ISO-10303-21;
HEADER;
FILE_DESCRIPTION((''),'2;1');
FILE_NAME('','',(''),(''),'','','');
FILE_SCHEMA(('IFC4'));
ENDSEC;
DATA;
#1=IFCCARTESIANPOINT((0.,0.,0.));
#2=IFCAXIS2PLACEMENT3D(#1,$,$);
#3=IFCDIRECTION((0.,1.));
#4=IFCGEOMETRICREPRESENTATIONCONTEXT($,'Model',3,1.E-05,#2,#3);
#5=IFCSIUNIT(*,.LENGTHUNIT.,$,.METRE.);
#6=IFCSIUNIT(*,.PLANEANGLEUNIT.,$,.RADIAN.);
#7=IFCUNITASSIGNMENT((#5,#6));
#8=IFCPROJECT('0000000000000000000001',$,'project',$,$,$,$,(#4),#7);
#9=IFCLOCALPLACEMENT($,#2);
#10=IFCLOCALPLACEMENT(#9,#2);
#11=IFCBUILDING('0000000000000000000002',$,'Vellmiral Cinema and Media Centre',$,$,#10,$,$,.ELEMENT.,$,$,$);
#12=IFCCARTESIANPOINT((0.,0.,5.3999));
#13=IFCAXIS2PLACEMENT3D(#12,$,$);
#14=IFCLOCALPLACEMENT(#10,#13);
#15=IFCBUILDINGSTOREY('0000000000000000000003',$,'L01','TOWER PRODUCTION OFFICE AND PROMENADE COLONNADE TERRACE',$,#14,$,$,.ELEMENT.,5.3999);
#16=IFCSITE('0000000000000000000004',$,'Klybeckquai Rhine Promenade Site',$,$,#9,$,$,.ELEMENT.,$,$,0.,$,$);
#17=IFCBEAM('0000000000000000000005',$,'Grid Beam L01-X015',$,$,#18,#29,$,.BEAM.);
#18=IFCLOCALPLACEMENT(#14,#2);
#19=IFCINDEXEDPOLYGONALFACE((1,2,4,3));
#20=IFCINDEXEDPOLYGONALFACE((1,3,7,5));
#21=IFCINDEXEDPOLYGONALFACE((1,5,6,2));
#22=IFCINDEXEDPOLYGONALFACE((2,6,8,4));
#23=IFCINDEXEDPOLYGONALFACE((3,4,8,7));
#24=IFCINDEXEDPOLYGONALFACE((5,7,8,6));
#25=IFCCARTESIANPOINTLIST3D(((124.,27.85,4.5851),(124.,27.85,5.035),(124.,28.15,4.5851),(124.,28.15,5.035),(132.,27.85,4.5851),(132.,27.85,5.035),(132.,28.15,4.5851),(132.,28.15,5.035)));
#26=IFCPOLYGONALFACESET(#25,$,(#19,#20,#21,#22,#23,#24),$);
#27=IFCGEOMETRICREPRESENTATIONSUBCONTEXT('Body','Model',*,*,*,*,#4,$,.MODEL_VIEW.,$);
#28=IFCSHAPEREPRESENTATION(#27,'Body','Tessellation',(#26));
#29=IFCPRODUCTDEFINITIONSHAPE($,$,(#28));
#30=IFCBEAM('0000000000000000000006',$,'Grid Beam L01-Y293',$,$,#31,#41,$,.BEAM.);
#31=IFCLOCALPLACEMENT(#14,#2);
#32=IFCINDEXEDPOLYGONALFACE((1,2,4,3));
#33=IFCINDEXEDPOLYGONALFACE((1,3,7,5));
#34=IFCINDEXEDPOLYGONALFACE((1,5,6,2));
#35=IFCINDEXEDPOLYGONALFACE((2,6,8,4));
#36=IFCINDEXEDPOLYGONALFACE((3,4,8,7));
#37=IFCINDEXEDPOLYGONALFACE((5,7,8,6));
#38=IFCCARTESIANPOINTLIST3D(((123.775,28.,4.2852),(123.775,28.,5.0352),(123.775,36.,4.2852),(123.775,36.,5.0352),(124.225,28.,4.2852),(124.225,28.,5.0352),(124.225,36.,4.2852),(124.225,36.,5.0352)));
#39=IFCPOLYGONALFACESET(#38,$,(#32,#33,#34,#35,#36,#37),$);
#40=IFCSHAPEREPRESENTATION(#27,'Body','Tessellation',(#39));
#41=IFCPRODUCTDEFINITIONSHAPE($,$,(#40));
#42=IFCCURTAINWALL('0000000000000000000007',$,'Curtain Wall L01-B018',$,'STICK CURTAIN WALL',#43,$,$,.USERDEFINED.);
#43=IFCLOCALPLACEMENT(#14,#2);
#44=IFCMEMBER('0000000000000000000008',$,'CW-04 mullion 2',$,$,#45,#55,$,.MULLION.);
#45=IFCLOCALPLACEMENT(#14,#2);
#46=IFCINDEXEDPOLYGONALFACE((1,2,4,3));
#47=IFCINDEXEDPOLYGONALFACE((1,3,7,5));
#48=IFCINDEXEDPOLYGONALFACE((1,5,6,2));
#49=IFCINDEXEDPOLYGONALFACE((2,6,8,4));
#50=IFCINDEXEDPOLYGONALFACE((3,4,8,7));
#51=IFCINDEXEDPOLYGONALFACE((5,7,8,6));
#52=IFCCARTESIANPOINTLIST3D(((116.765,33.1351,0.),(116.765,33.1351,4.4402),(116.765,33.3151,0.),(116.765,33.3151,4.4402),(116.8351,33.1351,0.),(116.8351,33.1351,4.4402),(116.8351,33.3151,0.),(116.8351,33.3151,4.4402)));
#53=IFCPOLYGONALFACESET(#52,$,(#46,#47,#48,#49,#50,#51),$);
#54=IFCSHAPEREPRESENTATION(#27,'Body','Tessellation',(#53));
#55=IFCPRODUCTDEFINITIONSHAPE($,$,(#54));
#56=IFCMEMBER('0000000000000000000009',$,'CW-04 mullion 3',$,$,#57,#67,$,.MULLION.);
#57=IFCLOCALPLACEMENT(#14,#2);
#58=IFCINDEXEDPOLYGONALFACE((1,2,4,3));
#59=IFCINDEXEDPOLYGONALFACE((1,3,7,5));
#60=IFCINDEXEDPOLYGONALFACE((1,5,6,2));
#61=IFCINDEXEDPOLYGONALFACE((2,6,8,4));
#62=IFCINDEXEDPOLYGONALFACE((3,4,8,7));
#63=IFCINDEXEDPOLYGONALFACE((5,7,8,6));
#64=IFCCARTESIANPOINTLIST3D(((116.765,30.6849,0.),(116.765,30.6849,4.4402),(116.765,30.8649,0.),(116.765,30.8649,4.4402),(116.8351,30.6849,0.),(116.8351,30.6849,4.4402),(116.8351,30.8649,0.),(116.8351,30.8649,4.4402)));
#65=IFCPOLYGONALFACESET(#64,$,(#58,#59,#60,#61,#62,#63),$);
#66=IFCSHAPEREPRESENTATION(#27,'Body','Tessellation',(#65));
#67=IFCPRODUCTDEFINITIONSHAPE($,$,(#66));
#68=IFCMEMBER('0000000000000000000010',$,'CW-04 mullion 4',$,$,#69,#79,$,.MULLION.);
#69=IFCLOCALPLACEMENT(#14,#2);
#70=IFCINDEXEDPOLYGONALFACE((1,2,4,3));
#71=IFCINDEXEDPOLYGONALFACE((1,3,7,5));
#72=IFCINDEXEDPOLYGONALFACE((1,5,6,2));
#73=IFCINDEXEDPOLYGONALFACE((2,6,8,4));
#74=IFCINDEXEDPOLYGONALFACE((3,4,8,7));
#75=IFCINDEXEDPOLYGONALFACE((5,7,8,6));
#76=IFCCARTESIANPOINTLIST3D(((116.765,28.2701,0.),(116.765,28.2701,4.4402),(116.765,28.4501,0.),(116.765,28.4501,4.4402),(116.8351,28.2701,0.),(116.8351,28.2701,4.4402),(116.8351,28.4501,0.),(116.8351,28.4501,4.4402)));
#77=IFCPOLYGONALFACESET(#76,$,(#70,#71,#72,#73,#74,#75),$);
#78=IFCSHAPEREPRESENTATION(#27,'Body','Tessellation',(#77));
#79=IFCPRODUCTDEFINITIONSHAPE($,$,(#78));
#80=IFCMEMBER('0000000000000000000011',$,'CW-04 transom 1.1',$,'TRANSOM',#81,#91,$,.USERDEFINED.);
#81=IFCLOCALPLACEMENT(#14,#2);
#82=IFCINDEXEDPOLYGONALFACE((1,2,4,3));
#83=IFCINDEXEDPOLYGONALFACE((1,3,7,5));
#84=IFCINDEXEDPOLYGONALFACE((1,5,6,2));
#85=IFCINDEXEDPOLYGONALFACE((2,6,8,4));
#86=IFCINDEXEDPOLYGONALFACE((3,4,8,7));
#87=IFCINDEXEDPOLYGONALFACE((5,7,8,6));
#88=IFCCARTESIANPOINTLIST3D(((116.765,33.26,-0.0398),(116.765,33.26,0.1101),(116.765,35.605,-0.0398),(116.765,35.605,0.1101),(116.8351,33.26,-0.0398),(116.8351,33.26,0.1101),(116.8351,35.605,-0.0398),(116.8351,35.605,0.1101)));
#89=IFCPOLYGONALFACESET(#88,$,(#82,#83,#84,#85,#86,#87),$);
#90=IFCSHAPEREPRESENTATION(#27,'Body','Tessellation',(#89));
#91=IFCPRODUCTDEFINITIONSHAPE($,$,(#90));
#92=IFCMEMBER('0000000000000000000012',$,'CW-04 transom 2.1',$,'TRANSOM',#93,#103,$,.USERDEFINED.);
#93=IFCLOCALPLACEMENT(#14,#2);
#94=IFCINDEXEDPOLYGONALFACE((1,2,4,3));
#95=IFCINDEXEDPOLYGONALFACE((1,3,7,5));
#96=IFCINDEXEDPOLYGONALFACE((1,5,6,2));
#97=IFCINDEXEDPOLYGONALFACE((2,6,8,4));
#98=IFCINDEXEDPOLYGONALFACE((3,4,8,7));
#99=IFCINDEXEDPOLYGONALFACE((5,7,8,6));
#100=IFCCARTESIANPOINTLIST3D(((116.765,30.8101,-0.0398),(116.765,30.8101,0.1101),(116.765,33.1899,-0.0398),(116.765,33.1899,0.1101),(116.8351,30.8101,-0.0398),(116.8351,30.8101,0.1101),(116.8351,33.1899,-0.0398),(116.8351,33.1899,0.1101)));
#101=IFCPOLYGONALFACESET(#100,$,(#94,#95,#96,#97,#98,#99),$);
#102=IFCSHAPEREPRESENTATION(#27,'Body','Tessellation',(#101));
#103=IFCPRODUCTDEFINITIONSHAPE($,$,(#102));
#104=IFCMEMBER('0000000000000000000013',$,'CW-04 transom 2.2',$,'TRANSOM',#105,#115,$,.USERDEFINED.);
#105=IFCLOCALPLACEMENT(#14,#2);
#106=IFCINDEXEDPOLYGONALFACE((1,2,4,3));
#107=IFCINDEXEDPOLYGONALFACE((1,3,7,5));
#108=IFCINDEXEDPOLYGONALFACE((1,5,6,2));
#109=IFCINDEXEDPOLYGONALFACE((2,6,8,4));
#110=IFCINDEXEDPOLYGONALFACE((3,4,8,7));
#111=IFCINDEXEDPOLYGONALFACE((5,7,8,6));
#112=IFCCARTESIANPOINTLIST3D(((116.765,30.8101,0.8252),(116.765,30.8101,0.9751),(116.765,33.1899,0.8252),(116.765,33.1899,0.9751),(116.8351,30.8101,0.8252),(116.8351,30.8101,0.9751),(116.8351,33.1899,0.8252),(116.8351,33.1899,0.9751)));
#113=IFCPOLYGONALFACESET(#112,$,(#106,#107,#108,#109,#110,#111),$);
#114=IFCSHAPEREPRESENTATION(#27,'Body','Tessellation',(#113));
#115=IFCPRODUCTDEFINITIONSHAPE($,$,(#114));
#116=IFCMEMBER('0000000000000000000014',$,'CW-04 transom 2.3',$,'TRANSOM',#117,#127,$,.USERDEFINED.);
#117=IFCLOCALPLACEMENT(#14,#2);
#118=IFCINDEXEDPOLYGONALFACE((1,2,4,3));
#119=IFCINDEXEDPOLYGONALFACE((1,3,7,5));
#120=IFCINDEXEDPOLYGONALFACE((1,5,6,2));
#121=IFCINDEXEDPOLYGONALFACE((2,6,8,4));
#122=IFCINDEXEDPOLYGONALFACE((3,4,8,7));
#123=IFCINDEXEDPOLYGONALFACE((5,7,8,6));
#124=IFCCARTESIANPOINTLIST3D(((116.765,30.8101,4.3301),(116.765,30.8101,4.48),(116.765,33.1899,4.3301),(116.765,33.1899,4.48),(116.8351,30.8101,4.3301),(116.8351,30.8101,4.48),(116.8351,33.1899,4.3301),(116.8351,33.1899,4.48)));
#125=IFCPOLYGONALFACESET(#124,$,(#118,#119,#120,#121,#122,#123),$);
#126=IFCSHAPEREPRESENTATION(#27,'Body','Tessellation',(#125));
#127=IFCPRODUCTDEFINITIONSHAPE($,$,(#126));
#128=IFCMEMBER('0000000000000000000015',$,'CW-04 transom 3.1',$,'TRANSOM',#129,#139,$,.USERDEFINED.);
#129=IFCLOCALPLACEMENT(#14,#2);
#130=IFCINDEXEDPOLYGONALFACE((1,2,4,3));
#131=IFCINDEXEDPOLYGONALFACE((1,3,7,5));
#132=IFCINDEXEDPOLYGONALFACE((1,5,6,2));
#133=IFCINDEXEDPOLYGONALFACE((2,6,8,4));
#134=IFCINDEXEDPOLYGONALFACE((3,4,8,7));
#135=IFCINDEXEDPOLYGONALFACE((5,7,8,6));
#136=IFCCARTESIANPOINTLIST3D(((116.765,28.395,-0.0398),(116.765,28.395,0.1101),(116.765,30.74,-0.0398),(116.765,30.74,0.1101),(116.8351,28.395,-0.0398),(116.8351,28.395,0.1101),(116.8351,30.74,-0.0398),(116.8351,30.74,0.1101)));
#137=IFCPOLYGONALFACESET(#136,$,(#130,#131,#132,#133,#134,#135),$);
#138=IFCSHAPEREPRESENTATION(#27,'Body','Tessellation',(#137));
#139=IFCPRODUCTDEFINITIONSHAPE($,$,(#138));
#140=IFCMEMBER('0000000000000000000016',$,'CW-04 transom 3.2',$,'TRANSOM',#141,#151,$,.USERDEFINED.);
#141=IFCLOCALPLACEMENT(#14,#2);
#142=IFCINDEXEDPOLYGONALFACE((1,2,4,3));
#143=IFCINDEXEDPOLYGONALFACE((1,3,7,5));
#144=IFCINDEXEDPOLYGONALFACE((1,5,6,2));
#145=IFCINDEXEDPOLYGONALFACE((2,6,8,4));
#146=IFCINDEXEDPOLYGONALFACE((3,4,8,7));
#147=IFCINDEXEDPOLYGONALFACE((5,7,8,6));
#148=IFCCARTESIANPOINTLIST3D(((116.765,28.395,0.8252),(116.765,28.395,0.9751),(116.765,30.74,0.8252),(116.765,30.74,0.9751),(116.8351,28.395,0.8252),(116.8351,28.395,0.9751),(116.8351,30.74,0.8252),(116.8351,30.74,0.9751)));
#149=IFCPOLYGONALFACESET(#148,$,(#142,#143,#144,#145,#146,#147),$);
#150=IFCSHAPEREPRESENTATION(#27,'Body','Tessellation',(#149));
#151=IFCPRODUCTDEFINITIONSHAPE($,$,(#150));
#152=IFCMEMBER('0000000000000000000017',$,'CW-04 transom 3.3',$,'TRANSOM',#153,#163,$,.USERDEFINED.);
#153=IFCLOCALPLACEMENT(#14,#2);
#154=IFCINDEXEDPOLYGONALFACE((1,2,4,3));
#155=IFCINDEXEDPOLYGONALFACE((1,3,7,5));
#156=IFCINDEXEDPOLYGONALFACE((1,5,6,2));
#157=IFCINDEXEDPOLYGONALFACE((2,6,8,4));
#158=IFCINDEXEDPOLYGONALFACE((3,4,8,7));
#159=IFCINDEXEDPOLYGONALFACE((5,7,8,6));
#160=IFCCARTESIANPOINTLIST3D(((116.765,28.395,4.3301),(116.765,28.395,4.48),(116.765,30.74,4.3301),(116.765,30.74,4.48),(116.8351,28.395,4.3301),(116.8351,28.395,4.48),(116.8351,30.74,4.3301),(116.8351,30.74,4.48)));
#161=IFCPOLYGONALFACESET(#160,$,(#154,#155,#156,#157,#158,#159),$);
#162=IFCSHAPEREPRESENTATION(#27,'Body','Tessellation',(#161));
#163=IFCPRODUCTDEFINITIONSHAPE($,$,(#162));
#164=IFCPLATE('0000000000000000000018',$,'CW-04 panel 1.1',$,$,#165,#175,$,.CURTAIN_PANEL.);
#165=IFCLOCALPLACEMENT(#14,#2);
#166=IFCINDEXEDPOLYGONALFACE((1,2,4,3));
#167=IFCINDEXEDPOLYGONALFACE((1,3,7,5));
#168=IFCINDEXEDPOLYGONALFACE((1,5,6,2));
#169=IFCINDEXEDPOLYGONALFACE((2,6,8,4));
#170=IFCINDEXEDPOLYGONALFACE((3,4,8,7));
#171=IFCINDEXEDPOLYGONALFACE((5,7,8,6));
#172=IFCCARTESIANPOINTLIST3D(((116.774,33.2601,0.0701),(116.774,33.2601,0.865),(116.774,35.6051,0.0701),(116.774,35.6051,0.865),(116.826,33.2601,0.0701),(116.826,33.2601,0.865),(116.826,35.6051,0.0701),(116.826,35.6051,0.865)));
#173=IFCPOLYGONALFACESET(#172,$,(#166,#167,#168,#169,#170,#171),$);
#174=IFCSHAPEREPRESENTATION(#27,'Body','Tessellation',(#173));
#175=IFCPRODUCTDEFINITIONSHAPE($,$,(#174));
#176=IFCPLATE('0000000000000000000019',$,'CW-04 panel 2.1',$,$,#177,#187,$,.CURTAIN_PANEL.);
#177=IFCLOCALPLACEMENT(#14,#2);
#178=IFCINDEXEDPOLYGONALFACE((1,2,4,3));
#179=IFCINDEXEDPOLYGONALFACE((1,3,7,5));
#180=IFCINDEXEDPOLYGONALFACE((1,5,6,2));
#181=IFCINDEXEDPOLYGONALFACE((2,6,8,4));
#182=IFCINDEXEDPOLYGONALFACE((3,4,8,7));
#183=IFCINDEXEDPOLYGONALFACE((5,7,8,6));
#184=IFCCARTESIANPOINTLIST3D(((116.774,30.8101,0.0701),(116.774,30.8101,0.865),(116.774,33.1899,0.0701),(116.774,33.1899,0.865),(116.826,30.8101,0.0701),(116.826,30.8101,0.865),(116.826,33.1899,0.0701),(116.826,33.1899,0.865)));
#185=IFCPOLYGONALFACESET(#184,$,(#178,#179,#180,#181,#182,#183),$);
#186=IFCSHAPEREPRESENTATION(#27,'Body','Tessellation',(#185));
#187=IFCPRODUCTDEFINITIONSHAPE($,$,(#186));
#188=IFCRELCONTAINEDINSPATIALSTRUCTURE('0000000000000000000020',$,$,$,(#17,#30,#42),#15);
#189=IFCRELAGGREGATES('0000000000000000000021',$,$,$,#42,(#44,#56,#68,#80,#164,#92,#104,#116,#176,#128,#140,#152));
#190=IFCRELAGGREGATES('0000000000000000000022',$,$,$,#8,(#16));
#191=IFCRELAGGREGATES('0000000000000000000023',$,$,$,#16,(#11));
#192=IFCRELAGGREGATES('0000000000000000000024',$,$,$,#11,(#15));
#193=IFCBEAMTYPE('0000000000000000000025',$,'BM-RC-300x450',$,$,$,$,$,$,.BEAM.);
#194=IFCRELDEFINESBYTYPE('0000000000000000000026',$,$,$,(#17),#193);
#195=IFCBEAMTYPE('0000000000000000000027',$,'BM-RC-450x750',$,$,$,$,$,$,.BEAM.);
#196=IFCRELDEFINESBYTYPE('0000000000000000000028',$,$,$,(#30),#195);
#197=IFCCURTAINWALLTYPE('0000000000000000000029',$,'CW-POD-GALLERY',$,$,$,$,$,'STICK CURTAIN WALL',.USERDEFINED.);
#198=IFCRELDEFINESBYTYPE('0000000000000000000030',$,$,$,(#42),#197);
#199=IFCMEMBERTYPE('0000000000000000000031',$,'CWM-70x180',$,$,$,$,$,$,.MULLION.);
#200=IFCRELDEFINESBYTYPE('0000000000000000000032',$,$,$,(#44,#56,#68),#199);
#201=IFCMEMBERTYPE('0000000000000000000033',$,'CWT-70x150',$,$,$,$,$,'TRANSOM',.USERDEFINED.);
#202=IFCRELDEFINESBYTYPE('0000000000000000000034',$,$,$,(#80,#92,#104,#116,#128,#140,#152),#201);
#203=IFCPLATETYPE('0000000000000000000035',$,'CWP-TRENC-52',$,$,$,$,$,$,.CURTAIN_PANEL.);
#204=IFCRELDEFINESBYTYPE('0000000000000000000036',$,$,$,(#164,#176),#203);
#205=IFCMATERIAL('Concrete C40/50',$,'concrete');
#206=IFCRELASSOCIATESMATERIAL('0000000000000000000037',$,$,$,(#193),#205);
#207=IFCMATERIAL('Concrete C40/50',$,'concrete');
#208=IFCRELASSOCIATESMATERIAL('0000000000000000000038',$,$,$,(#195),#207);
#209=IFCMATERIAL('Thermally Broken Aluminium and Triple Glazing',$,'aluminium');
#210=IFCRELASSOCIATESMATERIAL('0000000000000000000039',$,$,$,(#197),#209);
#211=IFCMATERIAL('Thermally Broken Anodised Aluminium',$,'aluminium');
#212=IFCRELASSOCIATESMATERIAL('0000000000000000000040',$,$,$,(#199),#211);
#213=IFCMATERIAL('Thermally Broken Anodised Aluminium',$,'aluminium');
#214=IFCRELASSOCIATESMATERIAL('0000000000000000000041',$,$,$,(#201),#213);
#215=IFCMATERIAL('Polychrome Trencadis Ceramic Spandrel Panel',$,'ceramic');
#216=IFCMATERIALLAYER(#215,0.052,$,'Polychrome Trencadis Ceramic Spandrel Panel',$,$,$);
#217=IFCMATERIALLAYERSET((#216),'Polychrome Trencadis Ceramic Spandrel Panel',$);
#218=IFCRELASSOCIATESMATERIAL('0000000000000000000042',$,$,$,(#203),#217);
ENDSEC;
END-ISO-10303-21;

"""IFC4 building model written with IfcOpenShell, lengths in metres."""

from ifc_helpers import new_model, si_unit, direction, frame, origin, origin_2d, place, context, subcontext, project, spatial, rectangle, extrude, material, layer, layer_set, material_profile, profile_set, type_object, element, aggregate, save


model = new_model("IFC4")

# Units and contexts
model_context = context("Model", 3, precision=1e-05, world=origin(), true_north=direction((0.0, 1.0)))
body_context = subcontext(model_context, "Body", "Model", "MODEL_VIEW")
ifc_project = project(units=[si_unit("LENGTHUNIT", "METRE"), si_unit("PLANEANGLEUNIT", "RADIAN")], contexts=[model_context])

# Site, building, storey
site_placement = place(None, origin())
site = spatial("IfcSite", under=ifc_project, at=site_placement, Name="Klybeckquai Rhine Promenade Site", CompositionType="ELEMENT", RefElevation=0.0)
building_placement = place(site_placement, origin())
building = spatial("IfcBuilding", under=site, at=building_placement, Name="Vellmiral Cinema and Media Centre", CompositionType="ELEMENT")
storey_placement = place(building_placement, frame((0.0, 0.0, 5.3999)))
storey = spatial("IfcBuildingStorey", under=building, at=storey_placement, Name="L01", Description="TOWER PRODUCTION OFFICE AND PROMENADE COLONNADE TERRACE", CompositionType="ELEMENT", Elevation=5.3999)

# Beams
ifc_material_1 = material(Name="Concrete C40/50", Category="concrete")
ifc_material_profile_1 = material_profile(ifc_material_1, rectangle(XDim=0.3, YDim=0.45, at=origin_2d()), Name="RC 300x450")
ifc_profile_set_1 = profile_set([ifc_material_profile_1], Name="Concrete C40/50")
beam_type_1 = type_object("IfcBeamType", Name="BM-RC-300x450", PredefinedType="BEAM", material=ifc_profile_set_1)
beam_1_placement = place(storey_placement, frame((124.0, 28.0, 4.8101), z_axis=(1.0, 0.0, 0.0), x_axis=(0.0, 1.0, 0.0)))
element("IfcBeam", 1, at=beam_1_placement, inside=storey, type_object=beam_type_1, Name="Grid Beam L01-X015", PredefinedType="BEAM", context=body_context, shape_type="SweptSolid", body=[
    extrude(rectangle(XDim=0.3, YDim=0.45, at=origin_2d()), origin(), (0.0, 0.0, 1.0), 8.0),
])
ifc_material_2 = material(Name="Concrete C40/50", Category="concrete")
ifc_material_profile_2 = material_profile(ifc_material_2, rectangle(XDim=0.45, YDim=0.75, at=origin_2d()), Name="RC 450x750")
ifc_profile_set_2 = profile_set([ifc_material_profile_2], Name="Concrete C40/50")
beam_type_2 = type_object("IfcBeamType", Name="BM-RC-450x750", PredefinedType="BEAM", material=ifc_profile_set_2)
beam_2_placement = place(storey_placement, frame((124.0, 28.0, 4.6602), z_axis=(0.0, 1.0, 0.0), x_axis=(-1.0, 0.0, 0.0)))
element("IfcBeam", 2, at=beam_2_placement, inside=storey, type_object=beam_type_2, Name="Grid Beam L01-Y293", PredefinedType="BEAM", context=body_context, shape_type="SweptSolid", body=[
    extrude(rectangle(XDim=0.45, YDim=0.75, at=origin_2d()), origin(), (0.0, 0.0, 1.0), 8.0),
])

# Curtain wall, members, plates
ifc_material_3 = material(Name="Thermally Broken Aluminium and Triple Glazing", Category="aluminium")
curtain_wall_type = type_object("IfcCurtainWallType", Name="CW-POD-GALLERY", ElementType="STICK CURTAIN WALL", PredefinedType="USERDEFINED", material=ifc_material_3)
curtain_wall_placement = place(storey_placement, origin())
curtain_wall = element("IfcCurtainWall", 3, at=curtain_wall_placement, inside=storey, type_object=curtain_wall_type, Name="Curtain Wall L01-B018", ObjectType="STICK CURTAIN WALL", PredefinedType="USERDEFINED")
ifc_material_4 = material(Name="Thermally Broken Anodised Aluminium", Category="aluminium")
ifc_material_profile_3 = material_profile(ifc_material_4, rectangle(XDim=0.0701, YDim=0.1799, at=origin_2d()), Name="MULL 70x180")
ifc_profile_set_3 = profile_set([ifc_material_profile_3], Name="Thermally Broken Anodised Aluminium")
member_type_1 = type_object("IfcMemberType", Name="CWM-70x180", PredefinedType="MULLION", material=ifc_profile_set_3)
member_1_placement = place(storey_placement, frame((116.8, 33.2251, 0.0), z_axis=(0.0, 0.0, 1.0), x_axis=(1.0, 0.0, 0.0)))
member_1 = element("IfcMember", 4, at=member_1_placement, type_object=member_type_1, Name="CW-04 mullion 2", PredefinedType="MULLION", context=body_context, shape_type="SweptSolid", body=[
    extrude(rectangle(XDim=0.0701, YDim=0.1799, at=origin_2d()), origin(), (0.0, 0.0, 1.0), 4.4402),
])
member_2_placement = place(storey_placement, frame((116.8, 30.7749, 0.0), z_axis=(0.0, 0.0, 1.0), x_axis=(1.0, 0.0, 0.0)))
member_2 = element("IfcMember", 5, at=member_2_placement, type_object=member_type_1, Name="CW-04 mullion 3", PredefinedType="MULLION", context=body_context, shape_type="SweptSolid", body=[
    extrude(rectangle(XDim=0.0701, YDim=0.1799, at=origin_2d()), origin(), (0.0, 0.0, 1.0), 4.4402),
])
member_3_placement = place(storey_placement, frame((116.8, 28.3601, 0.0), z_axis=(0.0, 0.0, 1.0), x_axis=(1.0, 0.0, 0.0)))
member_3 = element("IfcMember", 6, at=member_3_placement, type_object=member_type_1, Name="CW-04 mullion 4", PredefinedType="MULLION", context=body_context, shape_type="SweptSolid", body=[
    extrude(rectangle(XDim=0.0701, YDim=0.1799, at=origin_2d()), origin(), (0.0, 0.0, 1.0), 4.4402),
])
ifc_material_5 = material(Name="Thermally Broken Anodised Aluminium", Category="aluminium")
ifc_material_profile_4 = material_profile(ifc_material_5, rectangle(XDim=0.0701, YDim=0.1499, at=origin_2d()), Name="MULL 70x150")
ifc_profile_set_4 = profile_set([ifc_material_profile_4], Name="Thermally Broken Anodised Aluminium")
member_type_2 = type_object("IfcMemberType", Name="CWT-70x150", ElementType="TRANSOM", PredefinedType="USERDEFINED", material=ifc_profile_set_4)
member_4_placement = place(storey_placement, frame((116.8, 35.605, 0.0352), z_axis=(0.0, -1.0, 0.0), x_axis=(1.0, 0.0, 0.0)))
member_4 = element("IfcMember", 7, at=member_4_placement, type_object=member_type_2, Name="CW-04 transom 1.1", ObjectType="TRANSOM", PredefinedType="USERDEFINED", context=body_context, shape_type="SweptSolid", body=[
    extrude(rectangle(XDim=0.0701, YDim=0.1499, at=origin_2d()), origin(), (0.0, 0.0, 1.0), 2.345),
])
member_5_placement = place(storey_placement, frame((116.8, 33.1899, 0.0352), z_axis=(0.0, -1.0, 0.0), x_axis=(1.0, 0.0, 0.0)))
member_5 = element("IfcMember", 8, at=member_5_placement, type_object=member_type_2, Name="CW-04 transom 2.1", ObjectType="TRANSOM", PredefinedType="USERDEFINED", context=body_context, shape_type="SweptSolid", body=[
    extrude(rectangle(XDim=0.0701, YDim=0.1499, at=origin_2d()), origin(), (0.0, 0.0, 1.0), 2.3799),
])
member_6_placement = place(storey_placement, frame((116.8, 33.1899, 0.9001), z_axis=(0.0, -1.0, 0.0), x_axis=(1.0, 0.0, 0.0)))
member_6 = element("IfcMember", 9, at=member_6_placement, type_object=member_type_2, Name="CW-04 transom 2.2", ObjectType="TRANSOM", PredefinedType="USERDEFINED", context=body_context, shape_type="SweptSolid", body=[
    extrude(rectangle(XDim=0.0701, YDim=0.1499, at=origin_2d()), origin(), (0.0, 0.0, 1.0), 2.3799),
])
member_7_placement = place(storey_placement, frame((116.8, 33.1899, 4.405), z_axis=(0.0, -1.0, 0.0), x_axis=(1.0, 0.0, 0.0)))
member_7 = element("IfcMember", 10, at=member_7_placement, type_object=member_type_2, Name="CW-04 transom 2.3", ObjectType="TRANSOM", PredefinedType="USERDEFINED", context=body_context, shape_type="SweptSolid", body=[
    extrude(rectangle(XDim=0.0701, YDim=0.1499, at=origin_2d()), origin(), (0.0, 0.0, 1.0), 2.3799),
])
member_8_placement = place(storey_placement, frame((116.8, 30.74, 0.0352), z_axis=(0.0, -1.0, 0.0), x_axis=(1.0, 0.0, 0.0)))
member_8 = element("IfcMember", 11, at=member_8_placement, type_object=member_type_2, Name="CW-04 transom 3.1", ObjectType="TRANSOM", PredefinedType="USERDEFINED", context=body_context, shape_type="SweptSolid", body=[
    extrude(rectangle(XDim=0.0701, YDim=0.1499, at=origin_2d()), origin(), (0.0, 0.0, 1.0), 2.345),
])
member_9_placement = place(storey_placement, frame((116.8, 30.74, 0.9001), z_axis=(0.0, -1.0, 0.0), x_axis=(1.0, 0.0, 0.0)))
member_9 = element("IfcMember", 12, at=member_9_placement, type_object=member_type_2, Name="CW-04 transom 3.2", ObjectType="TRANSOM", PredefinedType="USERDEFINED", context=body_context, shape_type="SweptSolid", body=[
    extrude(rectangle(XDim=0.0701, YDim=0.1499, at=origin_2d()), origin(), (0.0, 0.0, 1.0), 2.345),
])
member_10_placement = place(storey_placement, frame((116.8, 30.74, 4.405), z_axis=(0.0, -1.0, 0.0), x_axis=(1.0, 0.0, 0.0)))
member_10 = element("IfcMember", 13, at=member_10_placement, type_object=member_type_2, Name="CW-04 transom 3.3", ObjectType="TRANSOM", PredefinedType="USERDEFINED", context=body_context, shape_type="SweptSolid", body=[
    extrude(rectangle(XDim=0.0701, YDim=0.1499, at=origin_2d()), origin(), (0.0, 0.0, 1.0), 2.345),
])
ifc_material_6 = material(Name="Polychrome Trencadis Ceramic Spandrel Panel", Category="ceramic")
ifc_layer_1 = layer(ifc_material_6, 0.052, Name="Polychrome Trencadis Ceramic Spandrel Panel")
ifc_layer_set_1 = layer_set([ifc_layer_1], Name="Polychrome Trencadis Ceramic Spandrel Panel")
plate_type_1 = type_object("IfcPlateType", Name="CWP-TRENC-52", PredefinedType="CURTAIN_PANEL", material=ifc_layer_set_1)
plate_1_placement = place(storey_placement, frame((116.8, 34.4326, 0.0701), z_axis=(0.0, 0.0, 1.0), x_axis=(0.0, -1.0, 0.0)))
plate_1 = element("IfcPlate", 14, at=plate_1_placement, type_object=plate_type_1, Name="CW-04 panel 1.1", PredefinedType="CURTAIN_PANEL", context=body_context, shape_type="SweptSolid", body=[
    extrude(rectangle(XDim=2.345, YDim=0.052, at=origin_2d()), origin(), (0.0, 0.0, 1.0), 0.7949),
])
plate_2_placement = place(storey_placement, frame((116.8, 32.0, 0.0701), z_axis=(0.0, 0.0, 1.0), x_axis=(0.0, -1.0, 0.0)))
plate_2 = element("IfcPlate", 15, at=plate_2_placement, type_object=plate_type_1, Name="CW-04 panel 2.1", PredefinedType="CURTAIN_PANEL", context=body_context, shape_type="SweptSolid", body=[
    extrude(rectangle(XDim=2.3799, YDim=0.052, at=origin_2d()), origin(), (0.0, 0.0, 1.0), 0.7949),
])
aggregate(curtain_wall, [member_1, member_2, member_3, member_4, plate_1, member_5, member_6, member_7, plate_2, member_8, member_9, member_10])

save(model, "model.ifc")
